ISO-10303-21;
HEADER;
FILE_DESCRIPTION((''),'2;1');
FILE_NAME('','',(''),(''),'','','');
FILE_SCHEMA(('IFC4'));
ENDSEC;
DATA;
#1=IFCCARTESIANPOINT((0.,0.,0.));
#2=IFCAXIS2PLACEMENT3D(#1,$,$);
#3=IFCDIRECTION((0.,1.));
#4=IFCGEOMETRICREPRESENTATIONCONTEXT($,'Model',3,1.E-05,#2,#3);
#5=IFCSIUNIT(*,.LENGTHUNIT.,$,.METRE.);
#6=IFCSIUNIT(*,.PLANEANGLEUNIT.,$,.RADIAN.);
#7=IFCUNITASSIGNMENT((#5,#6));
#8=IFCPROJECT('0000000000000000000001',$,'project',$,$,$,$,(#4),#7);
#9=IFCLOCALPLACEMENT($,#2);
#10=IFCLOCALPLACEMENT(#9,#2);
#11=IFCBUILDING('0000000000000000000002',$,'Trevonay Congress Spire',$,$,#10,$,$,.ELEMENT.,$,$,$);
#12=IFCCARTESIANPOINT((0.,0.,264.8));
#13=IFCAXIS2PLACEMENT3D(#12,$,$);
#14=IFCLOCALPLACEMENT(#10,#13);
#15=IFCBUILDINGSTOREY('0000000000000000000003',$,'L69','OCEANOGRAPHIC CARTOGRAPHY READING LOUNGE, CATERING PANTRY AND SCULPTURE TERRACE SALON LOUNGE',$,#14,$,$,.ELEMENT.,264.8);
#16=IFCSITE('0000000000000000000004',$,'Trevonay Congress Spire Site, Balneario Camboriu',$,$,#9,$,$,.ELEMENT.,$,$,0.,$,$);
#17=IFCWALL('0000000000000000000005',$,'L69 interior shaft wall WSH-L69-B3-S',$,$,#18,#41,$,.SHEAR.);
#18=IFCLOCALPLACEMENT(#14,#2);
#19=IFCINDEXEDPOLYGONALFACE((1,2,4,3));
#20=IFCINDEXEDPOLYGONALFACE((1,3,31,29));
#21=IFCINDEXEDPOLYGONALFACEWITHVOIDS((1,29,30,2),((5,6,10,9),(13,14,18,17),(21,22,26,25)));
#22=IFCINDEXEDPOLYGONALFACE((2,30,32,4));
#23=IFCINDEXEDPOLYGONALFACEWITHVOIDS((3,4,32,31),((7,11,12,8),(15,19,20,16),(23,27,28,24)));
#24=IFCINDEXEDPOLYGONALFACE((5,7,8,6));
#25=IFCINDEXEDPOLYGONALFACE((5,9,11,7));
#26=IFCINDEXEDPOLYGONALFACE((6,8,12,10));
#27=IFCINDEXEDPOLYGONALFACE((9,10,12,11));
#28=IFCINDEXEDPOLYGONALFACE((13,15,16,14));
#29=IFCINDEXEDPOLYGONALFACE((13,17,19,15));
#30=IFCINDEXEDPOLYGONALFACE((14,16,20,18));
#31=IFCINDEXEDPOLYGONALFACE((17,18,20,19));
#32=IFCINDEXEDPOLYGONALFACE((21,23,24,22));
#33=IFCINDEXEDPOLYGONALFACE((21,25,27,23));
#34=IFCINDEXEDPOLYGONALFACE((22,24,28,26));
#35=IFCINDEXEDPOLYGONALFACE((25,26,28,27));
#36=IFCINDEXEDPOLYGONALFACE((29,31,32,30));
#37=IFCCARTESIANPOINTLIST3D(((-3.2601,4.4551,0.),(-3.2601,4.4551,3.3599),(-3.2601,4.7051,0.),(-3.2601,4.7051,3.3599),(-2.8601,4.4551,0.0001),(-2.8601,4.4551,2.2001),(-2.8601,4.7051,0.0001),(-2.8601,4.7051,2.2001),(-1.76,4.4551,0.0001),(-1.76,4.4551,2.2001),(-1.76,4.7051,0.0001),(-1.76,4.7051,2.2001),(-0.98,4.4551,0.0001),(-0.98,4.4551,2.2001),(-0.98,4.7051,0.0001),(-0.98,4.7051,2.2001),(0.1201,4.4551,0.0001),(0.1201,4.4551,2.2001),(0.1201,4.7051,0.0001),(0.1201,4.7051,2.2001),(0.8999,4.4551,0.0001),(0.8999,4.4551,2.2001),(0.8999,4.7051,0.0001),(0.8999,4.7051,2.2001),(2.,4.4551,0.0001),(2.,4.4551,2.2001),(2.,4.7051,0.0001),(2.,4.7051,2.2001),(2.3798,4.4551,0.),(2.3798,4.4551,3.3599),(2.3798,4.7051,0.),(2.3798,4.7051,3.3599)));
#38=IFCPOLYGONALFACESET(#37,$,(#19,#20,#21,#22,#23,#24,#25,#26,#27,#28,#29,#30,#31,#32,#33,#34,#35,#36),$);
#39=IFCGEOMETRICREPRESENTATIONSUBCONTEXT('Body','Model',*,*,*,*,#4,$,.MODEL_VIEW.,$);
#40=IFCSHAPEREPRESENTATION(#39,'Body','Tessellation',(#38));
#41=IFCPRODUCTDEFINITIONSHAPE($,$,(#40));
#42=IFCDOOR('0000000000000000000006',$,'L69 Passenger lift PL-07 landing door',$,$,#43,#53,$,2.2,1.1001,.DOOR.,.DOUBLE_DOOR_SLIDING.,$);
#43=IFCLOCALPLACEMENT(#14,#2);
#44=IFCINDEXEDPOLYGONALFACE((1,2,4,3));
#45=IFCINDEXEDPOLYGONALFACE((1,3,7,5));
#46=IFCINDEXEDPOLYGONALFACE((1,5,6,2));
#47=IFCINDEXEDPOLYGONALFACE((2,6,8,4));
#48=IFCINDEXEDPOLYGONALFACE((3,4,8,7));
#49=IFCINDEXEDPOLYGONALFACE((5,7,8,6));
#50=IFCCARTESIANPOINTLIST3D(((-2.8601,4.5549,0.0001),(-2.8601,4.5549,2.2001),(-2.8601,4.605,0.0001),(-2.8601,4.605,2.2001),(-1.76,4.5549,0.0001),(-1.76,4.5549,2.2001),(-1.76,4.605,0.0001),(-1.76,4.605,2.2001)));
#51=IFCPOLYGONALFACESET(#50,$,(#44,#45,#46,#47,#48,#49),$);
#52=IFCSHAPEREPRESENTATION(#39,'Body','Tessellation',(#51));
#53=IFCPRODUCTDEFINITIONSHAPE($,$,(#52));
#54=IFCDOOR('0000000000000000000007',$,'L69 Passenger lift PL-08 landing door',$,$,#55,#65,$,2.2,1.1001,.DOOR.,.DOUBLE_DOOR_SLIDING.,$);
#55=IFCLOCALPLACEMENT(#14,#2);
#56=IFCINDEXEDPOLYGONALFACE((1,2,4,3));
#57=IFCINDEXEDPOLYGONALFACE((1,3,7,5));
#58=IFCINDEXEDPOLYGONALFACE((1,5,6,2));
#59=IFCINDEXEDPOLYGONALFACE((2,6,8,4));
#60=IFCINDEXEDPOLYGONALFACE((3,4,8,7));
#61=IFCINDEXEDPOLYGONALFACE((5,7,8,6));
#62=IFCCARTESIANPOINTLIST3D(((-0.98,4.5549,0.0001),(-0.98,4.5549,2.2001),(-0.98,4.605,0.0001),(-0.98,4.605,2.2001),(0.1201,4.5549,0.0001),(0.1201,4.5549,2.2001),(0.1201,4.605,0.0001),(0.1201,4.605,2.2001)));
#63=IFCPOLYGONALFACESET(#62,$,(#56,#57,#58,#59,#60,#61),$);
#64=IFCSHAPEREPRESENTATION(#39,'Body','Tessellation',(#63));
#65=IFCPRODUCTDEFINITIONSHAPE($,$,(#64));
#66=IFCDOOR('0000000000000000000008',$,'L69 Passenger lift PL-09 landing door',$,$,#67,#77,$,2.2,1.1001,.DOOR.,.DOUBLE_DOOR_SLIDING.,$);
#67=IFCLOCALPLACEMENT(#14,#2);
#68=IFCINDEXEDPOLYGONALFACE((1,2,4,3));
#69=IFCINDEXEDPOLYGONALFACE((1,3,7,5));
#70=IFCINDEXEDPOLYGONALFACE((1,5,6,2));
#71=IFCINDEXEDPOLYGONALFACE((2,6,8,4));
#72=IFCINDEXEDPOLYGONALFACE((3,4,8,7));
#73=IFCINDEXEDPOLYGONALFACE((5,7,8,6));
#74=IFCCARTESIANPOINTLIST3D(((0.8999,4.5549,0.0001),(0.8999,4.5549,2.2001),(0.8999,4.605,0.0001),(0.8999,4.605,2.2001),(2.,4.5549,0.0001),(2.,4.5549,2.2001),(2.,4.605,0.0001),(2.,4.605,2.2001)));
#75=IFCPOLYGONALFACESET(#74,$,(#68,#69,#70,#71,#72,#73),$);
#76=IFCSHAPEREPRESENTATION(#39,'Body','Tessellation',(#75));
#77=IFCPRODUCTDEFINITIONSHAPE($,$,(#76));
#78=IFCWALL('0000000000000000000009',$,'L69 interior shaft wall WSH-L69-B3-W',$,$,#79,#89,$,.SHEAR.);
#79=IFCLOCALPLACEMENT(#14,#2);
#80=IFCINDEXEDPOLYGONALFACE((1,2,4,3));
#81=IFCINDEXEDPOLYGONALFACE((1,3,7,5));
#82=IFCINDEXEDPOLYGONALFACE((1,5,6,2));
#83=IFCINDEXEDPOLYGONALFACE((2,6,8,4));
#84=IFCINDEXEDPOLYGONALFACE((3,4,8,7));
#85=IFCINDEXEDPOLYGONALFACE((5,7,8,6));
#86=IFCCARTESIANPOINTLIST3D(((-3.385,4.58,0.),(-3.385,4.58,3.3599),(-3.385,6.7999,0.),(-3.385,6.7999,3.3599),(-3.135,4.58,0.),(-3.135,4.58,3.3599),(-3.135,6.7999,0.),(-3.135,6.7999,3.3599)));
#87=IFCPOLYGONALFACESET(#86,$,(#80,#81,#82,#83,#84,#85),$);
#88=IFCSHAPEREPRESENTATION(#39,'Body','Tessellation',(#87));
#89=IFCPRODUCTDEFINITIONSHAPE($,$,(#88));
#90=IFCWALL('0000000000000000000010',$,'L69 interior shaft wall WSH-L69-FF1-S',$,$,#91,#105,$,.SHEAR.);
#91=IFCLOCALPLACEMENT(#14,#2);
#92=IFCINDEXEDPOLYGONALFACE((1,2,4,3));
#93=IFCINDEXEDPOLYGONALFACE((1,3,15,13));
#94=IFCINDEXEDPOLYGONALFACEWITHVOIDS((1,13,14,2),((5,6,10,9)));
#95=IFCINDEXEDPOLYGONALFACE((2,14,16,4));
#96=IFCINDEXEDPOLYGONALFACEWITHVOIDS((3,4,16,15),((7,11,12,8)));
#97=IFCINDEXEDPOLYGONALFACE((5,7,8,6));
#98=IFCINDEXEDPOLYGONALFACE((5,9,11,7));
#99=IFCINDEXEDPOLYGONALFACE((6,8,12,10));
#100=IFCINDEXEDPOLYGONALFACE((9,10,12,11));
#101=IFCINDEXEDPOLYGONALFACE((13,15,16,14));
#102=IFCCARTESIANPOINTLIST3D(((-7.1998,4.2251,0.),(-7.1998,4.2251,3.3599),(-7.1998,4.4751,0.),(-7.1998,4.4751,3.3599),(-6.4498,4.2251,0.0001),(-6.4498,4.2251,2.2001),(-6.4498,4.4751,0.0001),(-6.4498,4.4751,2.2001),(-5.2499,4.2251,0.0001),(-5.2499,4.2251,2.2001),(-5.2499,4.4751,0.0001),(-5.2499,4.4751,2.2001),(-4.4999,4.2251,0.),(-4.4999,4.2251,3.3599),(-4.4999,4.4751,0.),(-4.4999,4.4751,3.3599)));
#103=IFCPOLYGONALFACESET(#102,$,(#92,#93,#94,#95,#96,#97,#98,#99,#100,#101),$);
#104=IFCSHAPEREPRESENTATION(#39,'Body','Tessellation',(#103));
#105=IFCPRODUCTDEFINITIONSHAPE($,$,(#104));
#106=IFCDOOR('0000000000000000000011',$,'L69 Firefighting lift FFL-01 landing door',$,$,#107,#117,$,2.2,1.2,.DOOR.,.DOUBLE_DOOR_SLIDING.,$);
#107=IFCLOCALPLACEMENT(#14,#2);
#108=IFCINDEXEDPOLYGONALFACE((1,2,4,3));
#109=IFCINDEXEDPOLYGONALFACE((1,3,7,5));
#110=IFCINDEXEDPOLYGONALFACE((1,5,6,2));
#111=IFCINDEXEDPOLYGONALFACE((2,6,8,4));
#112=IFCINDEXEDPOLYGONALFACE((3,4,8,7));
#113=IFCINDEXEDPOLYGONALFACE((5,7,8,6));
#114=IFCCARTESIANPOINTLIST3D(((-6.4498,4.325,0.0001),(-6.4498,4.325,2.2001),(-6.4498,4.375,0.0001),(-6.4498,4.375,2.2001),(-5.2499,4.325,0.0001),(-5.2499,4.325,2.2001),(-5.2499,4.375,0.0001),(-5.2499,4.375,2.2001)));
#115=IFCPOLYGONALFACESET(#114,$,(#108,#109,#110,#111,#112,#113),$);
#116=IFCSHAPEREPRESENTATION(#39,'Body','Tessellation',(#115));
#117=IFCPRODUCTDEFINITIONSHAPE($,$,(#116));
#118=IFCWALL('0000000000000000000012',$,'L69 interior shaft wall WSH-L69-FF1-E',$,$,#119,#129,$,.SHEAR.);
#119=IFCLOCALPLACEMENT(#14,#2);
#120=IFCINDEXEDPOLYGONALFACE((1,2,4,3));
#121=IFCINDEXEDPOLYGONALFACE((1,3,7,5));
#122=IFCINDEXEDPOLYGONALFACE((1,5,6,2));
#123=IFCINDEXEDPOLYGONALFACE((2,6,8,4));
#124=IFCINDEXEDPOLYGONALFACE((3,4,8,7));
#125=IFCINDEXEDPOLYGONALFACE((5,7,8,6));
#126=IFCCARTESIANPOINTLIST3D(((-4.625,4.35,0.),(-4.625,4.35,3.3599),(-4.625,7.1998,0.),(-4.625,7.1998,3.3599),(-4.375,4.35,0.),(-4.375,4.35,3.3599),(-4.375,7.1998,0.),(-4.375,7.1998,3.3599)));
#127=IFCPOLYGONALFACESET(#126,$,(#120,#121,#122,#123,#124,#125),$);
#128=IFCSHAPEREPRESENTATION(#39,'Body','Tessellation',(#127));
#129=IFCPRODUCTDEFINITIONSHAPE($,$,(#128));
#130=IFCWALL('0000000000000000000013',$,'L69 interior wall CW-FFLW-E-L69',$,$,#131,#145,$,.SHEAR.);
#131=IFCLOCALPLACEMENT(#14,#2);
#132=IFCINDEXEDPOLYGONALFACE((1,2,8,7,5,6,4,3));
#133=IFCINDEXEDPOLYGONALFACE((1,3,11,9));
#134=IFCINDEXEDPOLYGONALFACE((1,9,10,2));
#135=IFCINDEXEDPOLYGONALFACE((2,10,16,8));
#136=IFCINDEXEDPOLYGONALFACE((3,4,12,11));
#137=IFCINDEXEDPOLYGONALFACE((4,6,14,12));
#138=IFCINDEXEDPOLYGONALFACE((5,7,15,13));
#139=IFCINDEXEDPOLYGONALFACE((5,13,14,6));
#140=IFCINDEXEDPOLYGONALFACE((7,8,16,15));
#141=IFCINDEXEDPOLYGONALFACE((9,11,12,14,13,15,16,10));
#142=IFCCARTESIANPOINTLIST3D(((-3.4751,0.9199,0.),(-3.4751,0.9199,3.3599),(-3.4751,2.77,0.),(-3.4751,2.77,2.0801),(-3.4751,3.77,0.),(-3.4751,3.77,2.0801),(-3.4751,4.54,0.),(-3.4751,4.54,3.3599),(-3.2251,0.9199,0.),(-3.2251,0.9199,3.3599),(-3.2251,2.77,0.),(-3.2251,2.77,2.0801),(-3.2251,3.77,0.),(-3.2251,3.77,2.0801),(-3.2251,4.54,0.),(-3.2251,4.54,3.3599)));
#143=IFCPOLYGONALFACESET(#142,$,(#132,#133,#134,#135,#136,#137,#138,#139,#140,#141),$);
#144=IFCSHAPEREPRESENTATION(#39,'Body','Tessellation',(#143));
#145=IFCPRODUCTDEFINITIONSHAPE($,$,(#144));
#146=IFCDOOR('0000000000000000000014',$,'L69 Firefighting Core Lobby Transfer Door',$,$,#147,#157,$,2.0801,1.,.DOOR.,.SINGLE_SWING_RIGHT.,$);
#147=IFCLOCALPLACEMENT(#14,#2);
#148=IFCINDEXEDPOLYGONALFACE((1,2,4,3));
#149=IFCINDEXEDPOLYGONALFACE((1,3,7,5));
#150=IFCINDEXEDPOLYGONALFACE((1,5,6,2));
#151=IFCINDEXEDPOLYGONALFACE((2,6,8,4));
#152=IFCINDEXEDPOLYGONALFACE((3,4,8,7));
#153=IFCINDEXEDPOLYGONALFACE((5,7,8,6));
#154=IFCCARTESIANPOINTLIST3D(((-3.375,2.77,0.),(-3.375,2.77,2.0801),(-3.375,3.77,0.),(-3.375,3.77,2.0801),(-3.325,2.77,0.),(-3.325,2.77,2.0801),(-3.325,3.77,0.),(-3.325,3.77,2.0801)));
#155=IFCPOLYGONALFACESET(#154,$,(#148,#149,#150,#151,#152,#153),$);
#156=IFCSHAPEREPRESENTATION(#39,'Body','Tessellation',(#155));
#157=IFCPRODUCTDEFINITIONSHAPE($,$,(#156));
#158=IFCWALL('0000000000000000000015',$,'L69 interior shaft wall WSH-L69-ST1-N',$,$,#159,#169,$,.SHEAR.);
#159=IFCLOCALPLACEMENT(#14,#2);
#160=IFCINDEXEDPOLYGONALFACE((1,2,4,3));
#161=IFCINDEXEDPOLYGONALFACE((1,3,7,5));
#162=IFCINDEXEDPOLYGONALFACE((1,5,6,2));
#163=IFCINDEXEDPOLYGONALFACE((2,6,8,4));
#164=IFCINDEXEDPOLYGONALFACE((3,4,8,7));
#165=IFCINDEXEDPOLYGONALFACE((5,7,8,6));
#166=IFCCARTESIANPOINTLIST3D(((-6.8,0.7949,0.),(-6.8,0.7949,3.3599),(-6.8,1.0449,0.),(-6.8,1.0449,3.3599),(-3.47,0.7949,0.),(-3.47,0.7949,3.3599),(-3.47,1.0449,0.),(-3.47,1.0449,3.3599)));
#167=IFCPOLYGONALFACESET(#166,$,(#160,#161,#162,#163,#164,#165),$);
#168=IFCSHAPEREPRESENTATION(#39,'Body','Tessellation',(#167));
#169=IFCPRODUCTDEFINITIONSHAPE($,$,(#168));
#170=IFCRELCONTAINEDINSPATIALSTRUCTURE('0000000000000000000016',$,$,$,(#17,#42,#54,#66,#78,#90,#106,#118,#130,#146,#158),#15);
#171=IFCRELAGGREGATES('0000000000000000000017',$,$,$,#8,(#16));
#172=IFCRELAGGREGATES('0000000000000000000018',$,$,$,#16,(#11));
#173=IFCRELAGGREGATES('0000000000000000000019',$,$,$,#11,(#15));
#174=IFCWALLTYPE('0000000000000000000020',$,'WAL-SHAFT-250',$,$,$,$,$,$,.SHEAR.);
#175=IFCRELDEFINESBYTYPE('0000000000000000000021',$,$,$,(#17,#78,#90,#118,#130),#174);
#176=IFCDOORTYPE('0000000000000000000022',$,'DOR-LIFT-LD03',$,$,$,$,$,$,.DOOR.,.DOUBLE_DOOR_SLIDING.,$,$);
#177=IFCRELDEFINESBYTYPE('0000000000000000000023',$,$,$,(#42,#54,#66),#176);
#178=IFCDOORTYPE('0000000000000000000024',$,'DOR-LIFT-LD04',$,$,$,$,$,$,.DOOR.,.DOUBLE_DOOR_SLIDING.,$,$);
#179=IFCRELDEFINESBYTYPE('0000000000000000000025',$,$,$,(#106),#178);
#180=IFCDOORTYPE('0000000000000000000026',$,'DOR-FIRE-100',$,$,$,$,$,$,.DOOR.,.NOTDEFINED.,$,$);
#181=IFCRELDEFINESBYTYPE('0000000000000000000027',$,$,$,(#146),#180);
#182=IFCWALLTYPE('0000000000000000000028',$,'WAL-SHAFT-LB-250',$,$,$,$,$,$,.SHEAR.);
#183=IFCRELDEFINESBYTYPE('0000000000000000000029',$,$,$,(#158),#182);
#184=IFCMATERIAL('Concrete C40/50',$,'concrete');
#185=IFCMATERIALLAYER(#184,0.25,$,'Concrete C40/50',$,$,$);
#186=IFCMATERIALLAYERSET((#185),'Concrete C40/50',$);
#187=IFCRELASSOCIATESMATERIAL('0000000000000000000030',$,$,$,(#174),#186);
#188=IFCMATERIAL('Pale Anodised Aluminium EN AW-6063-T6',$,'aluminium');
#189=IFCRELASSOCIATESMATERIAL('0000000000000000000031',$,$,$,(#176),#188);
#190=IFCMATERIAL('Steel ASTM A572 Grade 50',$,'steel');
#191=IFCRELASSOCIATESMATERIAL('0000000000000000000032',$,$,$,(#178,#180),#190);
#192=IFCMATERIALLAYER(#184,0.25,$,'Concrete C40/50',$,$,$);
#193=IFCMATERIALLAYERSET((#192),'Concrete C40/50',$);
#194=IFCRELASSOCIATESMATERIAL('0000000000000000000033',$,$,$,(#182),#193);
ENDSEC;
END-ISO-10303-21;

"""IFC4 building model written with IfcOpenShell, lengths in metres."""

from ifc_helpers import new_model, si_unit, direction, frame, frame_2d, origin, place, context, subcontext, project, spatial, rectangle, extrude, material, layer, layer_set, type_object, element, fill, save


model = new_model("IFC4")

# Units and contexts
model_context = context("Model", 3, precision=1e-05, world=origin(), true_north=direction((0.0, 1.0)))
body_context = subcontext(model_context, "Body", "Model", "MODEL_VIEW")
ifc_project = project(units=[si_unit("LENGTHUNIT", "METRE"), si_unit("PLANEANGLEUNIT", "RADIAN")], contexts=[model_context])

# Site, building, storey
site_placement = place(None, origin())
site = spatial("IfcSite", under=ifc_project, at=site_placement, Name="Trevonay Congress Spire Site, Balneario Camboriu", CompositionType="ELEMENT", RefElevation=0.0)
building_placement = place(site_placement, origin())
building = spatial("IfcBuilding", under=site, at=building_placement, Name="Trevonay Congress Spire", CompositionType="ELEMENT")
storey_placement = place(building_placement, frame((0.0, 0.0, 264.8)))
storey = spatial("IfcBuildingStorey", under=building, at=storey_placement, Name="L69", Description="OCEANOGRAPHIC CARTOGRAPHY READING LOUNGE, CATERING PANTRY AND SCULPTURE TERRACE SALON LOUNGE", CompositionType="ELEMENT", Elevation=264.8)

# Shared definitions
ifc_material_1 = material(Name="Steel ASTM A572 Grade 50", Category="steel")

# Shared definitions
ifc_material_2 = material(Name="Concrete C40/50", Category="concrete")

# Wall, openings, doors
ifc_layer_1 = layer(ifc_material_2, 0.25, Name="Concrete C40/50")
ifc_layer_set_1 = layer_set([ifc_layer_1], Name="Concrete C40/50")
wall_type_1 = type_object("IfcWallType", Name="WAL-SHAFT-250", PredefinedType="SHEAR", material=ifc_layer_set_1)
wall_1_placement = place(storey_placement, frame((-3.26, 4.5801, 0.0), z_axis=(0.0, 0.0, 1.0), x_axis=(1.0, 0.0, 0.0)))
wall_1 = element("IfcWall", 1, at=wall_1_placement, inside=storey, type_object=wall_type_1, Name="L69 interior shaft wall WSH-L69-B3-S", PredefinedType="SHEAR", context=body_context, shape_type="SweptSolid", body=[
    extrude(rectangle(XDim=5.6399, YDim=0.25, at=frame_2d((2.8198, 0.0))), origin(), (0.0, 0.0, 1.0), 3.3599),
])
opening_1_placement = place(wall_1_placement, frame((0.3999, 0.0, 0.0)))
opening_1 = element("IfcOpeningElement", 2, at=opening_1_placement, cuts=wall_1, PredefinedType="OPENING", context=body_context, shape_type="SweptSolid", body=[
    extrude(rectangle(XDim=1.1001, YDim=2.2, at=frame_2d((0.55, 1.1001))), frame((0.0, 0.135, 0.0), z_axis=(0.0, -1.0, 0.0), x_axis=(1.0, 0.0, 0.0)), (0.0, 0.0, 1.0), 0.27),
])
opening_2_placement = place(wall_1_placement, frame((2.28, 0.0, 0.0)))
opening_2 = element("IfcOpeningElement", 3, at=opening_2_placement, cuts=wall_1, PredefinedType="OPENING", context=body_context, shape_type="SweptSolid", body=[
    extrude(rectangle(XDim=1.1001, YDim=2.2, at=frame_2d((0.55, 1.1001))), frame((0.0, 0.135, 0.0), z_axis=(0.0, -1.0, 0.0), x_axis=(1.0, 0.0, 0.0)), (0.0, 0.0, 1.0), 0.27),
])
opening_3_placement = place(wall_1_placement, frame((4.1599, 0.0, 0.0)))
opening_3 = element("IfcOpeningElement", 4, at=opening_3_placement, cuts=wall_1, PredefinedType="OPENING", context=body_context, shape_type="SweptSolid", body=[
    extrude(rectangle(XDim=1.1001, YDim=2.2, at=frame_2d((0.55, 1.1001))), frame((0.0, 0.135, 0.0), z_axis=(0.0, -1.0, 0.0), x_axis=(1.0, 0.0, 0.0)), (0.0, 0.0, 1.0), 0.27),
])
ifc_material_3 = material(Name="Pale Anodised Aluminium EN AW-6063-T6", Category="aluminium")
door_type_1 = type_object("IfcDoorType", Name="DOR-LIFT-LD03", OperationType="DOUBLE_DOOR_SLIDING", PredefinedType="DOOR", material=ifc_material_3)
door_1_placement = place(opening_1_placement, origin())
door_1 = element("IfcDoor", 5, at=door_1_placement, inside=storey, type_object=door_type_1, Name="L69 Passenger lift PL-07 landing door", OperationType="DOUBLE_DOOR_SLIDING", OverallHeight=2.2, OverallWidth=1.1001, PredefinedType="DOOR", context=body_context, shape_type="SweptSolid", body=[
    extrude(rectangle(XDim=1.1001, YDim=2.2, at=frame_2d((0.55, 1.1001))), frame((0.0, 0.0249, 0.0), z_axis=(0.0, -1.0, 0.0), x_axis=(1.0, 0.0, 0.0)), (0.0, 0.0, 1.0), 0.05),
])
fill(opening_1, door_1)
door_2_placement = place(opening_2_placement, origin())
door_2 = element("IfcDoor", 6, at=door_2_placement, inside=storey, type_object=door_type_1, Name="L69 Passenger lift PL-08 landing door", OperationType="DOUBLE_DOOR_SLIDING", OverallHeight=2.2, OverallWidth=1.1001, PredefinedType="DOOR", context=body_context, shape_type="SweptSolid", body=[
    extrude(rectangle(XDim=1.1001, YDim=2.2, at=frame_2d((0.55, 1.1001))), frame((0.0, 0.0249, 0.0), z_axis=(0.0, -1.0, 0.0), x_axis=(1.0, 0.0, 0.0)), (0.0, 0.0, 1.0), 0.05),
])
fill(opening_2, door_2)
door_3_placement = place(opening_3_placement, origin())
door_3 = element("IfcDoor", 7, at=door_3_placement, inside=storey, type_object=door_type_1, Name="L69 Passenger lift PL-09 landing door", OperationType="DOUBLE_DOOR_SLIDING", OverallHeight=2.2, OverallWidth=1.1001, PredefinedType="DOOR", context=body_context, shape_type="SweptSolid", body=[
    extrude(rectangle(XDim=1.1001, YDim=2.2, at=frame_2d((0.55, 1.1001))), frame((0.0, 0.0249, 0.0), z_axis=(0.0, -1.0, 0.0), x_axis=(1.0, 0.0, 0.0)), (0.0, 0.0, 1.0), 0.05),
])
fill(opening_3, door_3)

# Wall
wall_2_placement = place(storey_placement, frame((-3.26, 4.5801, 0.0), z_axis=(0.0, 0.0, 1.0), x_axis=(0.0, 1.0, 0.0)))
element("IfcWall", 8, at=wall_2_placement, inside=storey, type_object=wall_type_1, Name="L69 interior shaft wall WSH-L69-B3-W", PredefinedType="SHEAR", context=body_context, shape_type="SweptSolid", body=[
    extrude(rectangle(XDim=2.22, YDim=0.25, at=frame_2d((1.1099, 0.0))), origin(), (0.0, 0.0, 1.0), 3.3599),
])

# Wall, opening, door
wall_3_placement = place(storey_placement, frame((-7.2, 4.3501, 0.0), z_axis=(0.0, 0.0, 1.0), x_axis=(1.0, 0.0, 0.0)))
wall_3 = element("IfcWall", 9, at=wall_3_placement, inside=storey, type_object=wall_type_1, Name="L69 interior shaft wall WSH-L69-FF1-S", PredefinedType="SHEAR", context=body_context, shape_type="SweptSolid", body=[
    extrude(rectangle(XDim=2.7, YDim=0.25, at=frame_2d((1.3501, 0.0))), origin(), (0.0, 0.0, 1.0), 3.3599),
])
opening_4_placement = place(wall_3_placement, frame((0.75, 0.0, 0.0)))
opening_4 = element("IfcOpeningElement", 10, at=opening_4_placement, cuts=wall_3, PredefinedType="OPENING", context=body_context, shape_type="SweptSolid", body=[
    extrude(rectangle(XDim=1.2, YDim=2.2, at=frame_2d((0.6001, 1.1001))), frame((0.0, 0.135, 0.0), z_axis=(0.0, -1.0, 0.0), x_axis=(1.0, 0.0, 0.0)), (0.0, 0.0, 1.0), 0.27),
])
door_type_2 = type_object("IfcDoorType", Name="DOR-LIFT-LD04", OperationType="DOUBLE_DOOR_SLIDING", PredefinedType="DOOR", material=ifc_material_1)
door_4_placement = place(opening_4_placement, origin())
door_4 = element("IfcDoor", 11, at=door_4_placement, inside=storey, type_object=door_type_2, Name="L69 Firefighting lift FFL-01 landing door", OperationType="DOUBLE_DOOR_SLIDING", OverallHeight=2.2, OverallWidth=1.2, PredefinedType="DOOR", context=body_context, shape_type="SweptSolid", body=[
    extrude(rectangle(XDim=1.2, YDim=2.2, at=frame_2d((0.6001, 1.1001))), frame((0.0, 0.0249, 0.0), z_axis=(0.0, -1.0, 0.0), x_axis=(1.0, 0.0, 0.0)), (0.0, 0.0, 1.0), 0.05),
])
fill(opening_4, door_4)

# Wall
wall_4_placement = place(storey_placement, frame((-4.5, 4.3501, 0.0), z_axis=(0.0, 0.0, 1.0), x_axis=(0.0, 1.0, 0.0)))
element("IfcWall", 12, at=wall_4_placement, inside=storey, type_object=wall_type_1, Name="L69 interior shaft wall WSH-L69-FF1-E", PredefinedType="SHEAR", context=body_context, shape_type="SweptSolid", body=[
    extrude(rectangle(XDim=2.8499, YDim=0.25, at=frame_2d((1.4248, 0.0))), origin(), (0.0, 0.0, 1.0), 3.3599),
])

# Wall, opening, door
wall_5_placement = place(storey_placement, frame((-3.3501, 0.9199, 0.0), z_axis=(0.0, 0.0, 1.0), x_axis=(0.0, 1.0, 0.0)))
wall_5 = element("IfcWall", 13, at=wall_5_placement, inside=storey, type_object=wall_type_1, Name="L69 interior wall CW-FFLW-E-L69", PredefinedType="SHEAR", context=body_context, shape_type="SweptSolid", body=[
    extrude(rectangle(XDim=3.6201, YDim=0.25, at=frame_2d((1.8101, 0.0))), origin(), (0.0, 0.0, 1.0), 3.3599),
])
opening_5_placement = place(wall_5_placement, frame((1.8501, 0.0, 0.0)))
opening_5 = element("IfcOpeningElement", 14, at=opening_5_placement, cuts=wall_5, PredefinedType="OPENING", context=body_context, shape_type="SweptSolid", body=[
    extrude(rectangle(XDim=1.0, YDim=2.0801, at=frame_2d((0.5, 1.04))), frame((0.0, 0.135, 0.0), z_axis=(0.0, -1.0, 0.0), x_axis=(1.0, 0.0, 0.0)), (0.0, 0.0, 1.0), 0.27),
])
door_type_3 = type_object("IfcDoorType", Name="DOR-FIRE-100", OperationType="NOTDEFINED", PredefinedType="DOOR", material=ifc_material_1)
door_5_placement = place(opening_5_placement, origin())
door_5 = element("IfcDoor", 15, at=door_5_placement, inside=storey, type_object=door_type_3, Name="L69 Firefighting Core Lobby Transfer Door", OperationType="SINGLE_SWING_RIGHT", OverallHeight=2.0801, OverallWidth=1.0, PredefinedType="DOOR", context=body_context, shape_type="SweptSolid", body=[
    extrude(rectangle(XDim=1.0, YDim=2.0801, at=frame_2d((0.5, 1.04))), frame((0.0, 0.0249, 0.0), z_axis=(0.0, -1.0, 0.0), x_axis=(1.0, 0.0, 0.0)), (0.0, 0.0, 1.0), 0.05),
])
fill(opening_5, door_5)

# Wall
ifc_layer_2 = layer(ifc_material_2, 0.25, Name="Concrete C40/50")
ifc_layer_set_2 = layer_set([ifc_layer_2], Name="Concrete C40/50")
wall_type_2 = type_object("IfcWallType", Name="WAL-SHAFT-LB-250", PredefinedType="SHEAR", material=ifc_layer_set_2)
wall_6_placement = place(storey_placement, frame((-6.8, 0.9199, 0.0), z_axis=(0.0, 0.0, 1.0), x_axis=(1.0, 0.0, 0.0)))
element("IfcWall", 16, at=wall_6_placement, inside=storey, type_object=wall_type_2, Name="L69 interior shaft wall WSH-L69-ST1-N", PredefinedType="SHEAR", context=body_context, shape_type="SweptSolid", body=[
    extrude(rectangle(XDim=3.3301, YDim=0.25, at=frame_2d((1.665, 0.0))), origin(), (0.0, 0.0, 1.0), 3.3599),
])

save(model, "model.ifc")
